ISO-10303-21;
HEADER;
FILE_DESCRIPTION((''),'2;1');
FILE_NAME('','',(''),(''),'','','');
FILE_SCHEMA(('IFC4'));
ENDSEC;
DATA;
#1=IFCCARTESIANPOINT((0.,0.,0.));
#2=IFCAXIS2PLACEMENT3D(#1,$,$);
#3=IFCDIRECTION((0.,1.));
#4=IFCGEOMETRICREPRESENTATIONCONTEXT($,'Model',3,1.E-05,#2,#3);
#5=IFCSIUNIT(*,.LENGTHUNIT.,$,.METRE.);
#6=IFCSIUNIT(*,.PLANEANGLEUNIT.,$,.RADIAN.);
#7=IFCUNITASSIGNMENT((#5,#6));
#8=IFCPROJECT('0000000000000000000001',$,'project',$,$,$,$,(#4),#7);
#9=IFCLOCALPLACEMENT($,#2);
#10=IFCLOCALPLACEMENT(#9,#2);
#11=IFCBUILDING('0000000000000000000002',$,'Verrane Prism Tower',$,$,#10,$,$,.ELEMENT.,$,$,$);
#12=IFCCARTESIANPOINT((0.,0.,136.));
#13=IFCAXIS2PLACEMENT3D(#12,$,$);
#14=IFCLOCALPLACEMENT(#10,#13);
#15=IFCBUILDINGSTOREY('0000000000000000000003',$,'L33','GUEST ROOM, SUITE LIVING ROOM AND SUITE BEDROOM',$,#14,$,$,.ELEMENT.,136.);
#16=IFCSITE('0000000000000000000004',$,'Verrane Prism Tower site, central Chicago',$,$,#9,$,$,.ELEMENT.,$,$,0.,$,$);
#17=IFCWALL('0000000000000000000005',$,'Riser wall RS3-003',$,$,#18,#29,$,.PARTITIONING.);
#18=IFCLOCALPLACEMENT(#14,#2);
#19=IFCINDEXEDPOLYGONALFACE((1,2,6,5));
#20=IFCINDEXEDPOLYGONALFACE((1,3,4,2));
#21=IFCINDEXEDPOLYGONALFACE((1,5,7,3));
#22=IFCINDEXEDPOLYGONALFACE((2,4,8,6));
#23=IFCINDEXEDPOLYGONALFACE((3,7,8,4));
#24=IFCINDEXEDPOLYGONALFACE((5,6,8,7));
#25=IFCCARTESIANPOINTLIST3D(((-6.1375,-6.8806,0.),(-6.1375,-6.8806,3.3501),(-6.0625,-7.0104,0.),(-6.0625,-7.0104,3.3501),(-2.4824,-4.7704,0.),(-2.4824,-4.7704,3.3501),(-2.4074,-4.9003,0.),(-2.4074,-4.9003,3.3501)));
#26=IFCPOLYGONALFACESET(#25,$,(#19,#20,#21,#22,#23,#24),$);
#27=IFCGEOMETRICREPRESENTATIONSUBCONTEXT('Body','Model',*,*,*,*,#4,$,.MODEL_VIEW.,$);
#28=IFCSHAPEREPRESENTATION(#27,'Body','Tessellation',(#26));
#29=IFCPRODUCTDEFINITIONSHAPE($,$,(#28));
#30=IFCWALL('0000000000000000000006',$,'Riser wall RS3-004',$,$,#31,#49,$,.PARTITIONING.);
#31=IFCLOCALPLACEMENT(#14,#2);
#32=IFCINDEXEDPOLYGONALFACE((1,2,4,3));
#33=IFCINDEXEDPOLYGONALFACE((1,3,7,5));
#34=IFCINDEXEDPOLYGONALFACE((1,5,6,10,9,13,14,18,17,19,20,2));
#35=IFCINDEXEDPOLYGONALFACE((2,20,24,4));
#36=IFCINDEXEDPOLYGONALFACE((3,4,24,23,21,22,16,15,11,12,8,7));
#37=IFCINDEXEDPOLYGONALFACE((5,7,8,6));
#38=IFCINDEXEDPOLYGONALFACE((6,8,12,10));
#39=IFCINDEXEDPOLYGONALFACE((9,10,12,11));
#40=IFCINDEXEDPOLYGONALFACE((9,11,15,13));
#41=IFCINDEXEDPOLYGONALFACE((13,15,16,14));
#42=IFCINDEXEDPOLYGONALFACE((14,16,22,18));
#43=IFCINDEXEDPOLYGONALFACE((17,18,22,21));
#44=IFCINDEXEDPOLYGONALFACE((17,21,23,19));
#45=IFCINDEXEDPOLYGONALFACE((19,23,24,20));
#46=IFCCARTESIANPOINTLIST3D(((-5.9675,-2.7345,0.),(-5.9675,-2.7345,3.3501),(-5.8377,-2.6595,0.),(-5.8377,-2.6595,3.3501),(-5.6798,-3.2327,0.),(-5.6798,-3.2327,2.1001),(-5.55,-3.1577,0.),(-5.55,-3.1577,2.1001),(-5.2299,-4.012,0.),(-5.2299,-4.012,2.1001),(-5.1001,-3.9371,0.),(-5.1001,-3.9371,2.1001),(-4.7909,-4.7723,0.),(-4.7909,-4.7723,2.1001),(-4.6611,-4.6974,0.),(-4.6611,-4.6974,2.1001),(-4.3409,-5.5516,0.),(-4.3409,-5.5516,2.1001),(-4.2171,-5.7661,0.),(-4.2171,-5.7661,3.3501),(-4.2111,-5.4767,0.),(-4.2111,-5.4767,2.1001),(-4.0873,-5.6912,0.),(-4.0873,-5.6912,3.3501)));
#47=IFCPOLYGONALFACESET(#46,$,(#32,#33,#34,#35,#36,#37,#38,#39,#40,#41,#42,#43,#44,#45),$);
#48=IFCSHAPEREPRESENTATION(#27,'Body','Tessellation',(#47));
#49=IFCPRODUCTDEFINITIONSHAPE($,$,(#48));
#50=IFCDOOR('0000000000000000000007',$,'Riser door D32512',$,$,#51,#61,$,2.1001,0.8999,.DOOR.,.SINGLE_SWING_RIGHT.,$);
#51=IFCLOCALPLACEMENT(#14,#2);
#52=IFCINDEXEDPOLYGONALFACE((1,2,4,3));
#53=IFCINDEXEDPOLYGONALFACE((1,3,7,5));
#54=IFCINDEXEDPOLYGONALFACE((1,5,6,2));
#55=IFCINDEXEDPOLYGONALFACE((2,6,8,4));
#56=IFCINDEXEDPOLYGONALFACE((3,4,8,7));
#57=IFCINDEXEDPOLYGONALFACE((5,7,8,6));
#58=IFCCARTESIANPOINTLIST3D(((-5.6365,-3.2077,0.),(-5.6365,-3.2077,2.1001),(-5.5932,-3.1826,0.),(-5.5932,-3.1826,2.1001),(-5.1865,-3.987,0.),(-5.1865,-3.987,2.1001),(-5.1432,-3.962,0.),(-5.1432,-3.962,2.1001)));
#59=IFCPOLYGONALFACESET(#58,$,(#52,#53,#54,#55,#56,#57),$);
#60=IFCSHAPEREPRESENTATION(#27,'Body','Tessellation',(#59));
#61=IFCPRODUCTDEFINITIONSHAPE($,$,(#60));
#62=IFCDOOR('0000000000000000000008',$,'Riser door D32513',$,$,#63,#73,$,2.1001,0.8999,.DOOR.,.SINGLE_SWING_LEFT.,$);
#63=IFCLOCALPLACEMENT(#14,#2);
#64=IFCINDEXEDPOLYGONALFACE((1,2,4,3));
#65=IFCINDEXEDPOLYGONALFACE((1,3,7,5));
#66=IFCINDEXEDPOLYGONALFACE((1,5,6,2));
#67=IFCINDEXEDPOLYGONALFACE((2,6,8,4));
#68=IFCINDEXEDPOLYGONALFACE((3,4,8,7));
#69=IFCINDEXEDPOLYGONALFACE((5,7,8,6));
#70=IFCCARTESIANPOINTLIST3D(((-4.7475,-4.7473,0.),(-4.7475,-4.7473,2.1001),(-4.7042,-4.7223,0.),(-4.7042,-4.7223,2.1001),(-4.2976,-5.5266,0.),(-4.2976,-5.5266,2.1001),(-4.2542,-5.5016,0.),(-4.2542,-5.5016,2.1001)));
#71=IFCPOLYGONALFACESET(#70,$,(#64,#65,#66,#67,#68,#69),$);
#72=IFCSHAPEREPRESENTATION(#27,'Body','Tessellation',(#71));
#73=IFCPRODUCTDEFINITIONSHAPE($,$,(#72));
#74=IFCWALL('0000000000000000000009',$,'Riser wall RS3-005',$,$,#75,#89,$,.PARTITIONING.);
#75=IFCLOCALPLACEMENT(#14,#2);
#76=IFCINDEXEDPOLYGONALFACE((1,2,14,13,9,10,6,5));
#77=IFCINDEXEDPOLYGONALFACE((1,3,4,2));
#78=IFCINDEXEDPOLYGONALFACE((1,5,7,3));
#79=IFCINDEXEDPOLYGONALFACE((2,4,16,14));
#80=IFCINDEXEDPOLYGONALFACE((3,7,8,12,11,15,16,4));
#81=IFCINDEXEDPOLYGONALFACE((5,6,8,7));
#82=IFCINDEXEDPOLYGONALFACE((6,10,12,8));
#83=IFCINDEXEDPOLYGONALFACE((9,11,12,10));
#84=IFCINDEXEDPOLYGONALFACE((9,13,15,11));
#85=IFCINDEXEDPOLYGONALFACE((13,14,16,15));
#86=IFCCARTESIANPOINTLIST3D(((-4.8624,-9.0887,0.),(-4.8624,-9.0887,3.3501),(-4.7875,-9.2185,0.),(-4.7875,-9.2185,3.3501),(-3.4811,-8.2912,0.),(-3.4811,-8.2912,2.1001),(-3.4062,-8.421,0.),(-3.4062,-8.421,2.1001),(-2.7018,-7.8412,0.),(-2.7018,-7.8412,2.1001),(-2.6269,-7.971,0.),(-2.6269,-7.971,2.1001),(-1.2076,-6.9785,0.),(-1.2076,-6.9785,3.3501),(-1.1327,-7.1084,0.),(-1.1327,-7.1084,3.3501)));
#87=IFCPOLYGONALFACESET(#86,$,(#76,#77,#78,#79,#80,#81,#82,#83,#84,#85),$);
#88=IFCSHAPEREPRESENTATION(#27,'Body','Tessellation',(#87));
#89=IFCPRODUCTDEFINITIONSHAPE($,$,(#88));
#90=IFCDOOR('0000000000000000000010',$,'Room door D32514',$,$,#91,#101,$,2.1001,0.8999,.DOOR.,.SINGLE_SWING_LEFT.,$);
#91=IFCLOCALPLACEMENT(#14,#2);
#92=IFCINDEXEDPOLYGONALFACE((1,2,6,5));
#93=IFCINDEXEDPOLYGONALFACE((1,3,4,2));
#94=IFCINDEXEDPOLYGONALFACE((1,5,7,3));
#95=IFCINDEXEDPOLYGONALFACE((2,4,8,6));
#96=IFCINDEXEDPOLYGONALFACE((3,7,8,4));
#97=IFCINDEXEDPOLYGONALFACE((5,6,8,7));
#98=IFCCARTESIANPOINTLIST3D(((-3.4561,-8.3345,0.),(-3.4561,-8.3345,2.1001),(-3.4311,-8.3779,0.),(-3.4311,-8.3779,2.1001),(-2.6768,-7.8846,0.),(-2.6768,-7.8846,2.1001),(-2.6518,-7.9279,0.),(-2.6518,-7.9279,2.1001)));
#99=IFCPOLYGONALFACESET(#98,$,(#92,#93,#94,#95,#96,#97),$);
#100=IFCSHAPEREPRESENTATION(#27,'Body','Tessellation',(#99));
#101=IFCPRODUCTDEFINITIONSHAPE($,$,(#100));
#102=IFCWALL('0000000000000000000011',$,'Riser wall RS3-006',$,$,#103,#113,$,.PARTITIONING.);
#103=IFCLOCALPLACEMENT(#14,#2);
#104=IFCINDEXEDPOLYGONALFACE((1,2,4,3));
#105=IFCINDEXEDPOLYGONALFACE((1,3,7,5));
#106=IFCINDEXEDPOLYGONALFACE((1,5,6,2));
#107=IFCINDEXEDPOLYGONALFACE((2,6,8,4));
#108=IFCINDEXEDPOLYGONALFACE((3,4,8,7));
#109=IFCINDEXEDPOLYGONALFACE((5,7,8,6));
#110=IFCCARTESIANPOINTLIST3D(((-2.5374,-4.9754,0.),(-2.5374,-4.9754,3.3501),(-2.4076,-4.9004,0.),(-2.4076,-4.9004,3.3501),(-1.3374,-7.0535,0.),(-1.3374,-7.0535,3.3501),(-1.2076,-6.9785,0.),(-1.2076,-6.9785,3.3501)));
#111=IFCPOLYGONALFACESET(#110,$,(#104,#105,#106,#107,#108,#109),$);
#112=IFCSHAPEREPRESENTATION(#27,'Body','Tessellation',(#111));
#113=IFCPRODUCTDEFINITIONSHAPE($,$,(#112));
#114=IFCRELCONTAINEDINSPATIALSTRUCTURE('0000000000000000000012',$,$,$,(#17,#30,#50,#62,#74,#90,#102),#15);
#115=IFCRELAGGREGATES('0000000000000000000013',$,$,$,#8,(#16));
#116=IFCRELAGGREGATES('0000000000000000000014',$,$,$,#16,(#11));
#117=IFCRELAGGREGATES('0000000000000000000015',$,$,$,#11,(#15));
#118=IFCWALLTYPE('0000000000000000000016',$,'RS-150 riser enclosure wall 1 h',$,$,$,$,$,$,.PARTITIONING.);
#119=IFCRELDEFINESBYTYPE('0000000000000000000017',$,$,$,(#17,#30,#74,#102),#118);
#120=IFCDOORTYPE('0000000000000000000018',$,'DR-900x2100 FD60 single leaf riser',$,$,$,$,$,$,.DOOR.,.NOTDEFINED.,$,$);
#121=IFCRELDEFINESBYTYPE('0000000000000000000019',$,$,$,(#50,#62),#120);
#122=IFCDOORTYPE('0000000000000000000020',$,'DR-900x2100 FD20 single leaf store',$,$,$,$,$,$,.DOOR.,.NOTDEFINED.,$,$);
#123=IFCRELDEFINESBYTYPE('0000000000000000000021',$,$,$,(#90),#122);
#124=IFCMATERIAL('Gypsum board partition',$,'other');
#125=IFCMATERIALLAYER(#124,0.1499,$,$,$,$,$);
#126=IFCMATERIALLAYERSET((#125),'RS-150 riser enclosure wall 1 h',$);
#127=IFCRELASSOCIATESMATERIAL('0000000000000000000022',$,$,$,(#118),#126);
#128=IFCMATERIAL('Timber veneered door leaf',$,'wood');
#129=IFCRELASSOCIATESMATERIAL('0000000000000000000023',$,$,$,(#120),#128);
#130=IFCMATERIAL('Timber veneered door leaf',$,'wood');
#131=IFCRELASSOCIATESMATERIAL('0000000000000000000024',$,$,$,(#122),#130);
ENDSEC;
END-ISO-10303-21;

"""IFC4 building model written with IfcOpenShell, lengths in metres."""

from ifc_helpers import new_model, si_unit, direction, frame, frame_2d, origin, place, context, subcontext, project, spatial, rectangle, extrude, material, layer, layer_set, type_object, element, fill, save


model = new_model("IFC4")

# Units and contexts
model_context = context("Model", 3, precision=1e-05, world=origin(), true_north=direction((0.0, 1.0)))
body_context = subcontext(model_context, "Body", "Model", "MODEL_VIEW")
ifc_project = project(units=[si_unit("LENGTHUNIT", "METRE"), si_unit("PLANEANGLEUNIT", "RADIAN")], contexts=[model_context])

# Site, building, storey
site_placement = place(None, origin())
site = spatial("IfcSite", under=ifc_project, at=site_placement, Name="Verrane Prism Tower site, central Chicago", CompositionType="ELEMENT", RefElevation=0.0)
building_placement = place(site_placement, origin())
building = spatial("IfcBuilding", under=site, at=building_placement, Name="Verrane Prism Tower", CompositionType="ELEMENT")
storey_placement = place(building_placement, frame((0.0, 0.0, 136.0)))
storey = spatial("IfcBuildingStorey", under=building, at=storey_placement, Name="L33", Description="GUEST ROOM, SUITE LIVING ROOM AND SUITE BEDROOM", CompositionType="ELEMENT", Elevation=136.0)

# Wall
ifc_material_1 = material(Name="Gypsum board partition", Category="other")
ifc_layer_1 = layer(ifc_material_1, 0.1499)
ifc_layer_set_1 = layer_set([ifc_layer_1], Name="RS-150 riser enclosure wall 1 h")
wall_type_1 = type_object("IfcWallType", Name="RS-150 riser enclosure wall 1 h", PredefinedType="PARTITIONING", material=ifc_layer_set_1)
wall_1_placement = place(storey_placement, frame((-6.1001, -6.9456, 0.0), z_axis=(0.0, 0.0, 1.0), x_axis=(0.866038, 0.499978, 0.0)))
element("IfcWall", 1, at=wall_1_placement, inside=storey, type_object=wall_type_1, Name="Riser wall RS3-003", PredefinedType="PARTITIONING", context=body_context, shape_type="SweptSolid", body=[
    extrude(rectangle(XDim=4.2205, YDim=0.1499, at=frame_2d((2.1104, 0.0))), origin(), (0.0, 0.0, 1.0), 3.3501),
])

# Wall, openings, doors
wall_2_placement = place(storey_placement, frame((-4.1521, -5.7288, 0.0), z_axis=(0.0, 0.0, 1.0), x_axis=(-0.500024, 0.866011, 0.0)))
wall_2 = element("IfcWall", 2, at=wall_2_placement, inside=storey, type_object=wall_type_1, Name="Riser wall RS3-004", PredefinedType="PARTITIONING", context=body_context, shape_type="SweptSolid", body=[
    extrude(rectangle(XDim=3.5007, YDim=0.1499, at=frame_2d((1.7505, 0.0))), origin(), (0.0, 0.0, 1.0), 3.3501),
])
opening_1_placement = place(wall_2_placement, frame((2.0256, 0.0, 0.0)))
opening_1 = element("IfcOpeningElement", 3, at=opening_1_placement, cuts=wall_2, PredefinedType="OPENING", context=body_context, shape_type="SweptSolid", body=[
    extrude(rectangle(XDim=0.8999, YDim=2.1001, at=frame_2d((0.45, 1.05))), frame((0.0, 0.085, 0.0), z_axis=(0.0, -1.0, 0.0), x_axis=(1.0, 0.0, 0.0)), (0.0, 0.0, 1.0), 0.1699),
])
opening_2_placement = place(wall_2_placement, frame((0.2478, 0.0, 0.0)))
opening_2 = element("IfcOpeningElement", 4, at=opening_2_placement, cuts=wall_2, PredefinedType="OPENING", context=body_context, shape_type="SweptSolid", body=[
    extrude(rectangle(XDim=0.8999, YDim=2.1001, at=frame_2d((0.45, 1.05))), frame((0.0, 0.085, 0.0), z_axis=(0.0, -1.0, 0.0), x_axis=(1.0, 0.0, 0.0)), (0.0, 0.0, 1.0), 0.1699),
])
ifc_material_2 = material(Name="Timber veneered door leaf", Category="wood")
door_type_1 = type_object("IfcDoorType", Name="DR-900x2100 FD60 single leaf riser", OperationType="NOTDEFINED", PredefinedType="DOOR", material=ifc_material_2)
door_1_placement = place(opening_1_placement, origin())
door_1 = element("IfcDoor", 5, at=door_1_placement, inside=storey, type_object=door_type_1, Name="Riser door D32512", OperationType="SINGLE_SWING_RIGHT", OverallHeight=2.1001, OverallWidth=0.8999, PredefinedType="DOOR", context=body_context, shape_type="SweptSolid", body=[
    extrude(rectangle(XDim=0.8999, YDim=2.1001, at=frame_2d((0.45, 1.05))), frame((0.0, 0.0249, 0.0), z_axis=(0.0, -1.0, 0.0), x_axis=(1.0, 0.0, 0.0)), (0.0, 0.0, 1.0), 0.05),
])
fill(opening_1, door_1)
door_2_placement = place(opening_2_placement, origin())
door_2 = element("IfcDoor", 6, at=door_2_placement, inside=storey, type_object=door_type_1, Name="Riser door D32513", OperationType="SINGLE_SWING_LEFT", OverallHeight=2.1001, OverallWidth=0.8999, PredefinedType="DOOR", context=body_context, shape_type="SweptSolid", body=[
    extrude(rectangle(XDim=0.8999, YDim=2.1001, at=frame_2d((0.45, 1.05))), frame((0.0, 0.0249, 0.0), z_axis=(0.0, -1.0, 0.0), x_axis=(1.0, 0.0, 0.0)), (0.0, 0.0, 1.0), 0.05),
])
fill(opening_2, door_2)

# Wall, opening, door
wall_3_placement = place(storey_placement, frame((-4.825, -9.1536, 0.0), z_axis=(0.0, 0.0, 1.0), x_axis=(0.866024, 0.500003, 0.0)))
wall_3 = element("IfcWall", 7, at=wall_3_placement, inside=storey, type_object=wall_type_1, Name="Riser wall RS3-005", PredefinedType="PARTITIONING", context=body_context, shape_type="SweptSolid", body=[
    extrude(rectangle(XDim=4.2202, YDim=0.1499, at=frame_2d((2.1101, 0.0))), origin(), (0.0, 0.0, 1.0), 3.3501),
])
opening_3_placement = place(wall_3_placement, frame((1.595, 0.0, 0.0)))
opening_3 = element("IfcOpeningElement", 8, at=opening_3_placement, cuts=wall_3, PredefinedType="OPENING", context=body_context, shape_type="SweptSolid", body=[
    extrude(rectangle(XDim=0.8999, YDim=2.1001, at=frame_2d((0.45, 1.05))), frame((0.0, 0.085, 0.0), z_axis=(0.0, -1.0, 0.0), x_axis=(1.0, 0.0, 0.0)), (0.0, 0.0, 1.0), 0.1699),
])
ifc_material_3 = material(Name="Timber veneered door leaf", Category="wood")
door_type_2 = type_object("IfcDoorType", Name="DR-900x2100 FD20 single leaf store", OperationType="NOTDEFINED", PredefinedType="DOOR", material=ifc_material_3)
door_3_placement = place(opening_3_placement, origin())
door_3 = element("IfcDoor", 9, at=door_3_placement, inside=storey, type_object=door_type_2, Name="Room door D32514", OperationType="SINGLE_SWING_LEFT", OverallHeight=2.1001, OverallWidth=0.8999, PredefinedType="DOOR", context=body_context, shape_type="SweptSolid", body=[
    extrude(rectangle(XDim=0.8999, YDim=2.1001, at=frame_2d((0.45, 1.05))), frame((0.0, 0.0249, 0.0), z_axis=(0.0, -1.0, 0.0), x_axis=(1.0, 0.0, 0.0)), (0.0, 0.0, 1.0), 0.05),
])
fill(opening_3, door_3)

# Wall
wall_4_placement = place(storey_placement, frame((-2.4724, -4.938, 0.0), z_axis=(0.0, 0.0, 1.0), x_axis=(0.500045, -0.865999, 0.0)))
element("IfcWall", 10, at=wall_4_placement, inside=storey, type_object=wall_type_1, Name="Riser wall RS3-006", PredefinedType="PARTITIONING", context=body_context, shape_type="SweptSolid", body=[
    extrude(rectangle(XDim=2.3997, YDim=0.1499, at=frame_2d((1.1997, 0.0))), origin(), (0.0, 0.0, 1.0), 3.3501),
])

save(model, "model.ifc")
